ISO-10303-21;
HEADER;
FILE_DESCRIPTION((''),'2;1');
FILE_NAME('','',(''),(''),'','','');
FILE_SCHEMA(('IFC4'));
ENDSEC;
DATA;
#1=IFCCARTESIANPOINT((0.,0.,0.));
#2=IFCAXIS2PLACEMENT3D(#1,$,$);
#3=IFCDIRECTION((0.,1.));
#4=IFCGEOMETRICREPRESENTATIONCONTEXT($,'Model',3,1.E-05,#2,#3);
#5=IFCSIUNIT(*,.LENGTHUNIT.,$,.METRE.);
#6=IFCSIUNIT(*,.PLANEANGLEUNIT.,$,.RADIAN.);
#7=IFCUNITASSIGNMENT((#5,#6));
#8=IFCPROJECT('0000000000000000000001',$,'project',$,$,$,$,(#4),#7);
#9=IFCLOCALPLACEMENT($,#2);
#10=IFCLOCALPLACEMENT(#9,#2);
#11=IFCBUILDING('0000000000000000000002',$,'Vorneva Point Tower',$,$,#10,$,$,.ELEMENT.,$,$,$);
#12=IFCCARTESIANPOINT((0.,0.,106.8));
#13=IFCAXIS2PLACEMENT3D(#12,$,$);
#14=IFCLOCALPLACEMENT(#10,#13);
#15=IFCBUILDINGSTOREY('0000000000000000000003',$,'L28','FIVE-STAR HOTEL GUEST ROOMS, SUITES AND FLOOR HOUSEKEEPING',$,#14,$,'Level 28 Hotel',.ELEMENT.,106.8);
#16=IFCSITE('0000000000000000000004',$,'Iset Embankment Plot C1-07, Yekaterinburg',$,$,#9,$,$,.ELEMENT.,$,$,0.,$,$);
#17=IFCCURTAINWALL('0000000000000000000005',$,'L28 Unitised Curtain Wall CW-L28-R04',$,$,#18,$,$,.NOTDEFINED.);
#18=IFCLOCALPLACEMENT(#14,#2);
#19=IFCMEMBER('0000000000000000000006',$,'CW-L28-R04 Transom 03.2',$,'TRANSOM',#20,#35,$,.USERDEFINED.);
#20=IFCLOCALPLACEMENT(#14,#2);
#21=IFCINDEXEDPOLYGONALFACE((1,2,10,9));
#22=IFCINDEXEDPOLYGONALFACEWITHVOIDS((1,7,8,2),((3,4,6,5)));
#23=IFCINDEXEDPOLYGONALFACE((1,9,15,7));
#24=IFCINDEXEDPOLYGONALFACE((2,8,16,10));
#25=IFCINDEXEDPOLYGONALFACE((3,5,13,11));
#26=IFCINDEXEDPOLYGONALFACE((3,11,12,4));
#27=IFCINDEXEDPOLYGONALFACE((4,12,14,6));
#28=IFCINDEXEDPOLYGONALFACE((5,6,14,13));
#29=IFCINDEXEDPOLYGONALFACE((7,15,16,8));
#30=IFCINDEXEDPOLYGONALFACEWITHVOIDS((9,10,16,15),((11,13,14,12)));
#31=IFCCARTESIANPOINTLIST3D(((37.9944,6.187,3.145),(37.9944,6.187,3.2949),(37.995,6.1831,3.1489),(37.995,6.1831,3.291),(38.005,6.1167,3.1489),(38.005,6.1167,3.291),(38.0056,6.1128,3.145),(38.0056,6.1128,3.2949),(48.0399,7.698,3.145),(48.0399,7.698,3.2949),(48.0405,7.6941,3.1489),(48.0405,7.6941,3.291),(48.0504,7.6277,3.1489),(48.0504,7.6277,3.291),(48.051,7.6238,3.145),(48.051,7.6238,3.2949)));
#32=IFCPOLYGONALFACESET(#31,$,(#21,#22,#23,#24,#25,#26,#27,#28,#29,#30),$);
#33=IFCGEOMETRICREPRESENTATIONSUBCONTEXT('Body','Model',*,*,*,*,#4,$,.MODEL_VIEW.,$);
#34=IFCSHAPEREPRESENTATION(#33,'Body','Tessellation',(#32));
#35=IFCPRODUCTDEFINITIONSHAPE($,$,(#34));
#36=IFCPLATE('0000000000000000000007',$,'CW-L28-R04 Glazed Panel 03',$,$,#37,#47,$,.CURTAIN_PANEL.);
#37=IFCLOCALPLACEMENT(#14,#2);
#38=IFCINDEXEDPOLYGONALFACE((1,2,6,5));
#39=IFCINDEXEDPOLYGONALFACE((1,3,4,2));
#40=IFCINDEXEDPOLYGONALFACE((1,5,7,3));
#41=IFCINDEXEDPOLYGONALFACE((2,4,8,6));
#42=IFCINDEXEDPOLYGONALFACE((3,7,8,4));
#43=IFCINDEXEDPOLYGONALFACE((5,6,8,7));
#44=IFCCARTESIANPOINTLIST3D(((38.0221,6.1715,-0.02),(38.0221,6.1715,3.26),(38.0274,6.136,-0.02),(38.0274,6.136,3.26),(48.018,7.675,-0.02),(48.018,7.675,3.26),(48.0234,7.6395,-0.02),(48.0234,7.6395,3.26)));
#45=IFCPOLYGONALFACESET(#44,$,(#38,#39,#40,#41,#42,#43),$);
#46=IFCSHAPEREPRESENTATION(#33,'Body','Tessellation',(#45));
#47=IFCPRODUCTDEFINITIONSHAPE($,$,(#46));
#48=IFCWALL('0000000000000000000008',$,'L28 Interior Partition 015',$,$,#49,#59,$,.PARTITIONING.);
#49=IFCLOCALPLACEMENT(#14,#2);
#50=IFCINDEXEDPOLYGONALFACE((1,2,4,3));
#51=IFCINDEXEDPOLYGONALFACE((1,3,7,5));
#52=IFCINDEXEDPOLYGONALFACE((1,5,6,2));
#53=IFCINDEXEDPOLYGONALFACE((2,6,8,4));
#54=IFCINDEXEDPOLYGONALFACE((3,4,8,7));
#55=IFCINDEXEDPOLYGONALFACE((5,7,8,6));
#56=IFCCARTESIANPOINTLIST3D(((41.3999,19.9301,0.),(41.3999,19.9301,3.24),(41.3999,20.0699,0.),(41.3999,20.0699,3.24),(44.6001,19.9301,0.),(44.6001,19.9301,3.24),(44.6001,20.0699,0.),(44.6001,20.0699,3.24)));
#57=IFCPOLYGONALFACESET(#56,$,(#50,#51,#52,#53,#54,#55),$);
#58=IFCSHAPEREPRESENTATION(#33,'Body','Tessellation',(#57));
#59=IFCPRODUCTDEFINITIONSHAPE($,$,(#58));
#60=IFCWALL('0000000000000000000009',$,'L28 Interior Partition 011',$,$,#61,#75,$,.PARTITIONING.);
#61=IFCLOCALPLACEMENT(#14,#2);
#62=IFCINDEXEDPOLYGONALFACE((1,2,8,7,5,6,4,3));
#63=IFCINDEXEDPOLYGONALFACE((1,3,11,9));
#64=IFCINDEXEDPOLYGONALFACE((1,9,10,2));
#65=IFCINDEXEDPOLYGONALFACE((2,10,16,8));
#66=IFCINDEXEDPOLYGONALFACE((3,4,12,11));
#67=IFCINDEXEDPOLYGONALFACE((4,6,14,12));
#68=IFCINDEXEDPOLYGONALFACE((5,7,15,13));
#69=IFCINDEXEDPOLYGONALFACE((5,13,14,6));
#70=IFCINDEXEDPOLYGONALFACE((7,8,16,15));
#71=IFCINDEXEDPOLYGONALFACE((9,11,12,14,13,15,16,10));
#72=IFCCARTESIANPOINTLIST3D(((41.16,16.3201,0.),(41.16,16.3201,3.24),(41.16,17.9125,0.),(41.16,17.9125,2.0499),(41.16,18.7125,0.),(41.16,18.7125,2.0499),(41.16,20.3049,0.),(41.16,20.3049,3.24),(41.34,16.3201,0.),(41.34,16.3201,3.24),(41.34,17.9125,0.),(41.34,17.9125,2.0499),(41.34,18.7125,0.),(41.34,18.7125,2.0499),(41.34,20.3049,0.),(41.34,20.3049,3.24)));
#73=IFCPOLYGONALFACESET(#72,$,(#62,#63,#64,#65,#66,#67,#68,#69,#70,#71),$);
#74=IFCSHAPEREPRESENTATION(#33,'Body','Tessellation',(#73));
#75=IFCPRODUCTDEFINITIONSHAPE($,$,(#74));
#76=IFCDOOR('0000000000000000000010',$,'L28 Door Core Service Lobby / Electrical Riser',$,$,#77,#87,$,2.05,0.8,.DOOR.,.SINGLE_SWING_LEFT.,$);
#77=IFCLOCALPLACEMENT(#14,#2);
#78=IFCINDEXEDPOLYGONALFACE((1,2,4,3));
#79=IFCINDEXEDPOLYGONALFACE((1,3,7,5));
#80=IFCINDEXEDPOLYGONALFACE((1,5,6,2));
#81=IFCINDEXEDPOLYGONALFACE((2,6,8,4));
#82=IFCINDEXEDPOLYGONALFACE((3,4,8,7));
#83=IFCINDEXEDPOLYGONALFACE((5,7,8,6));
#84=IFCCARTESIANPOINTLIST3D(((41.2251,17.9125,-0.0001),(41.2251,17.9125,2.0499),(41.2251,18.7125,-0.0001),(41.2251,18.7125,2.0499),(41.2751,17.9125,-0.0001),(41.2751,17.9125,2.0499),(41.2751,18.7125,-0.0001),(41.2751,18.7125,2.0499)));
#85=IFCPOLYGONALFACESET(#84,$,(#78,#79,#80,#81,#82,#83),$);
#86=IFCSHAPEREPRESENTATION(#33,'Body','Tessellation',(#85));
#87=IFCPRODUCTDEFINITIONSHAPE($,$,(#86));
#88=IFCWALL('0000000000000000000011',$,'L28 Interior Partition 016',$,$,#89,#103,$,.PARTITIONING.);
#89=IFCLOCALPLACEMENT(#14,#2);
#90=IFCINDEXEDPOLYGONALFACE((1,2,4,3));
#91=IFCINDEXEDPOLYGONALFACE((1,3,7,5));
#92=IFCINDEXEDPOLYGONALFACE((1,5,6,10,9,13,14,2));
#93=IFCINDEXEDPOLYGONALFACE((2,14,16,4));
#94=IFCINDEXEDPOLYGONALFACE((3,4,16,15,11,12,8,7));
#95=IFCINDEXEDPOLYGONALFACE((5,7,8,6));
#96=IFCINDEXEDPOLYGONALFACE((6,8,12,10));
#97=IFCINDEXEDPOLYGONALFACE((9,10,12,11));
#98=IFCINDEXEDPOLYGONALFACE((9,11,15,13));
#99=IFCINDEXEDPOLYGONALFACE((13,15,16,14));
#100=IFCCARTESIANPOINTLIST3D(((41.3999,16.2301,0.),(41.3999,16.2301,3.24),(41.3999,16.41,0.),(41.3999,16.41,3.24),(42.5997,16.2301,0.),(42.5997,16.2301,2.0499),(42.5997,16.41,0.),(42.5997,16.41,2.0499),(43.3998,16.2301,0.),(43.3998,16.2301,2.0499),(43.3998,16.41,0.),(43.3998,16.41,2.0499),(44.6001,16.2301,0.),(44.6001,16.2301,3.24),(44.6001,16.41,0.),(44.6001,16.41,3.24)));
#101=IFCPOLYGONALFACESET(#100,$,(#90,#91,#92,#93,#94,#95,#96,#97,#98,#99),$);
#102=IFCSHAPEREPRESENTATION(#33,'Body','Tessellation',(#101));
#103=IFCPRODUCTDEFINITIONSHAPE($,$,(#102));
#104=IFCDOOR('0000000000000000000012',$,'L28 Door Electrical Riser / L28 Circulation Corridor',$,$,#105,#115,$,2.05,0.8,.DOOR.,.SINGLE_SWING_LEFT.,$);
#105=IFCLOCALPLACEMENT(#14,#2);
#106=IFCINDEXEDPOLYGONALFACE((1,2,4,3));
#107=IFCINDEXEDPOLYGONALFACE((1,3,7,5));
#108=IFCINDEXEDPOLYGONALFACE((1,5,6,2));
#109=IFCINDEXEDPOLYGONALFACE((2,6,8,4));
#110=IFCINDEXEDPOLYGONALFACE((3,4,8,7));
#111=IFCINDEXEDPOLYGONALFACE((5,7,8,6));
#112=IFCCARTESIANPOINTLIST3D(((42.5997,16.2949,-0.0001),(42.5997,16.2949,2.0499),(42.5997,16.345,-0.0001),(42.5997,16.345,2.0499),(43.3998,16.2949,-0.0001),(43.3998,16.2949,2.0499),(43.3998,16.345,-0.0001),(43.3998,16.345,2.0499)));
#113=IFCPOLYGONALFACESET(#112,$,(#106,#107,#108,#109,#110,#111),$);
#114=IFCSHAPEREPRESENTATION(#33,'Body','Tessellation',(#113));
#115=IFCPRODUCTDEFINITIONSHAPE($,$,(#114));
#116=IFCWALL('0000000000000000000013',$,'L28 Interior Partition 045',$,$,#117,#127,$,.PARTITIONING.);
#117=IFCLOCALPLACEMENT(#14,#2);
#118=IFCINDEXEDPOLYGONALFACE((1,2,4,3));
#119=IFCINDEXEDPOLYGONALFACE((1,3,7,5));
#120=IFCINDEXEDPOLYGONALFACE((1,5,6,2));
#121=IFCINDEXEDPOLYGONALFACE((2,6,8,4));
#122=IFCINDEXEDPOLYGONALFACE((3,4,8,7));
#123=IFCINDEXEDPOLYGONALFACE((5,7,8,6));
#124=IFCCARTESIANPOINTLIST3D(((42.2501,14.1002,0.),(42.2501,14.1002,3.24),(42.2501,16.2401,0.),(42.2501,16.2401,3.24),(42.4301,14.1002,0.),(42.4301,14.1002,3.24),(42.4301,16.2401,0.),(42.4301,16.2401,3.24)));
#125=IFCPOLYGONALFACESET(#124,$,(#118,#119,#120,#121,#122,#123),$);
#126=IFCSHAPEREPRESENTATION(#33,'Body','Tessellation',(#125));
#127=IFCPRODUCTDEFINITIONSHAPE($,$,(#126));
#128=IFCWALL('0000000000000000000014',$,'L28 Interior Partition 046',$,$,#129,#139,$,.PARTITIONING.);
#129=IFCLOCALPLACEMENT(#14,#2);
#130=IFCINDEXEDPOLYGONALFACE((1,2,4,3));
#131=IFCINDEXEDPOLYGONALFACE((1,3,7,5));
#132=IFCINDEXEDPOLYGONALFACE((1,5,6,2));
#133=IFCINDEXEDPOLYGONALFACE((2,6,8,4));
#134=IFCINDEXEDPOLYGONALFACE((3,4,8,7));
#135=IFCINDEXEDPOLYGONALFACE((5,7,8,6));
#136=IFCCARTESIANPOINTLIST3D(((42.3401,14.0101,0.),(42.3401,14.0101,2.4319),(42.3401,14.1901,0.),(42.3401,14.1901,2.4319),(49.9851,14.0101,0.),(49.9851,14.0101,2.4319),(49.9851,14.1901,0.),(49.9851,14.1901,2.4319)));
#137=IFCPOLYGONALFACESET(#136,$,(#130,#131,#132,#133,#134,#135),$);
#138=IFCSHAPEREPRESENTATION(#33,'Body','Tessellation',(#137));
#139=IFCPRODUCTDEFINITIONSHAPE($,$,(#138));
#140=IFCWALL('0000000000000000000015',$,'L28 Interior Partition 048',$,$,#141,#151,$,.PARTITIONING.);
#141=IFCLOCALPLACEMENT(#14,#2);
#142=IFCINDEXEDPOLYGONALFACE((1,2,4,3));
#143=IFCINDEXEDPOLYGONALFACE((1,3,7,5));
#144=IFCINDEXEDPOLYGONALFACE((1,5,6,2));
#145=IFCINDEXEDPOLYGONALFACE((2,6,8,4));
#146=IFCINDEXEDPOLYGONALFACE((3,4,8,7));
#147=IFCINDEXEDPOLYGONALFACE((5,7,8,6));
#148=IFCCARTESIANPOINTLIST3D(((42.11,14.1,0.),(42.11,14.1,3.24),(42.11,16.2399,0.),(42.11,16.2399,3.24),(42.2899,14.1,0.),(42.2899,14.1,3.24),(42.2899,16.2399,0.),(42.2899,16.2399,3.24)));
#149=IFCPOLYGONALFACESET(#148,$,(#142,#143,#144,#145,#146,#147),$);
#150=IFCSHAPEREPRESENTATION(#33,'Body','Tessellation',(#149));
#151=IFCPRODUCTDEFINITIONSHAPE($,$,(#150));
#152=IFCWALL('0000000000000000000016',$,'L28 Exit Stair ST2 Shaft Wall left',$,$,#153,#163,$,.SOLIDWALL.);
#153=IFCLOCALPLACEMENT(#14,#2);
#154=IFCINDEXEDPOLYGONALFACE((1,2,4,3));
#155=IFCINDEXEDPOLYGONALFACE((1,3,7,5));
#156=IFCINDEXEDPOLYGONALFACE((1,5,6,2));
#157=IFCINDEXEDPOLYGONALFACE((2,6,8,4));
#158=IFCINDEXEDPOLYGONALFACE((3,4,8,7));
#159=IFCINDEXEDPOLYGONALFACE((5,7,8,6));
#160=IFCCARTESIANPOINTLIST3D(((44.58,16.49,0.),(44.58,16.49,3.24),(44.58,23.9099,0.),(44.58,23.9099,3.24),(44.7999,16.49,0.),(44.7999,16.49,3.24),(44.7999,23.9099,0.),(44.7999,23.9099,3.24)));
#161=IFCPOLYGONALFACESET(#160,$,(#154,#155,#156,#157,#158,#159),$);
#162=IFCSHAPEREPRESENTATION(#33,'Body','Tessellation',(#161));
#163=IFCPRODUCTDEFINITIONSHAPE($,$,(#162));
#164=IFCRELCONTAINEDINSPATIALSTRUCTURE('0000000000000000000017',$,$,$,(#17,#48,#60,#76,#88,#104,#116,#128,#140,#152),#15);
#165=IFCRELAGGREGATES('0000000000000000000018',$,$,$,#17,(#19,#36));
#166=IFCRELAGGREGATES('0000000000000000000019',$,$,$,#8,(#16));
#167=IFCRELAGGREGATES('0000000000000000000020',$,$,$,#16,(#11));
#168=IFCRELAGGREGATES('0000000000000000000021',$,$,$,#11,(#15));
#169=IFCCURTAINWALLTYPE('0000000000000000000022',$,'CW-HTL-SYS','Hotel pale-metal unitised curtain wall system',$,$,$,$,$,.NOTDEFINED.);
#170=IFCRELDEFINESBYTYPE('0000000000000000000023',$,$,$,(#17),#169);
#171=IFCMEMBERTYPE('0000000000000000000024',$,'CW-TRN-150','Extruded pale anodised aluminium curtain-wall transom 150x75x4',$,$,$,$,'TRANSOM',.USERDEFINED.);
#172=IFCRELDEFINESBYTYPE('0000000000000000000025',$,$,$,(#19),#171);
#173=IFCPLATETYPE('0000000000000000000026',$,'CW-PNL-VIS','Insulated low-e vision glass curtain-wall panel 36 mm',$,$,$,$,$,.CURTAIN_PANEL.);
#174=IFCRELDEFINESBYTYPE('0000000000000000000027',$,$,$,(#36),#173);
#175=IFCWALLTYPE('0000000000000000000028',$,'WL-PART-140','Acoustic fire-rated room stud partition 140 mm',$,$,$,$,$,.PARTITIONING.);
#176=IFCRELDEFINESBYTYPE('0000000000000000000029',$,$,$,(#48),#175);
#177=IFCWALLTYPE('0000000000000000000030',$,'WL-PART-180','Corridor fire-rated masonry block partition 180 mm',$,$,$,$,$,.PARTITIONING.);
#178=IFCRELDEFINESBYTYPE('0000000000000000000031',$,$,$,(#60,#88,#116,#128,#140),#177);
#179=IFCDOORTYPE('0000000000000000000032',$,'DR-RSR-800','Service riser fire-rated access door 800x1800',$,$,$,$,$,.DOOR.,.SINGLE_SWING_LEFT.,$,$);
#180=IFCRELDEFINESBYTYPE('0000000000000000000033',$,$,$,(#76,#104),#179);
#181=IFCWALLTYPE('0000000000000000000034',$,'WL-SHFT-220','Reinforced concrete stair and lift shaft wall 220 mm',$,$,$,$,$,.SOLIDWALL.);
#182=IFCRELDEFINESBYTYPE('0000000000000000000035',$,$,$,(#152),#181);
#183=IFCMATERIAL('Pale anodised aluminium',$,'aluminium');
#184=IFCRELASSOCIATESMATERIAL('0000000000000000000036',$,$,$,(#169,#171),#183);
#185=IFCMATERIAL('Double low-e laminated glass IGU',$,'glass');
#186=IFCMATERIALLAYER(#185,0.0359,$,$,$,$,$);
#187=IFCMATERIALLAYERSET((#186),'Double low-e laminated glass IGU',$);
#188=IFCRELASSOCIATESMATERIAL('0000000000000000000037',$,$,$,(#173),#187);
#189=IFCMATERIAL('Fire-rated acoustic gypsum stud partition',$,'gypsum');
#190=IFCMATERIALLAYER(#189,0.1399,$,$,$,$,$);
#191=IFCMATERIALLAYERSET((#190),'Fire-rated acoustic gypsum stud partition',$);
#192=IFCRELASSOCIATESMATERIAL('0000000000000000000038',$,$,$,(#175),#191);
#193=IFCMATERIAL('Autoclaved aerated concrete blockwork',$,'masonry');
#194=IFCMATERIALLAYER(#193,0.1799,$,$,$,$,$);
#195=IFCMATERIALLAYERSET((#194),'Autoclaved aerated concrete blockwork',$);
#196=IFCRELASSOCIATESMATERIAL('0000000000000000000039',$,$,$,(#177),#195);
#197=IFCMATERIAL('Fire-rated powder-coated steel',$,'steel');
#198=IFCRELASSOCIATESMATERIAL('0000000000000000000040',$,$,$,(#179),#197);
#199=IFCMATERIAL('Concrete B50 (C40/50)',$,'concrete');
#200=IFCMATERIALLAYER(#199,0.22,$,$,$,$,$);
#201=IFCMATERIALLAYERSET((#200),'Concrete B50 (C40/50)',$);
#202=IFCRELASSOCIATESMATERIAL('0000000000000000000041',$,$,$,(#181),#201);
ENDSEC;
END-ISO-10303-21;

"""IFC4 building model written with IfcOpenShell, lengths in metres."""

from ifc_helpers import new_model, si_unit, direction, frame, frame_2d, origin, origin_2d, place, context, subcontext, project, spatial, rectangle, hollow_rectangle, extrude, material, layer, layer_set, material_profile, profile_set, type_object, element, fill, aggregate, save


model = new_model("IFC4")

# Units and contexts
model_context = context("Model", 3, precision=1e-05, world=origin(), true_north=direction((0.0, 1.0)))
body_context = subcontext(model_context, "Body", "Model", "MODEL_VIEW")
ifc_project = project(units=[si_unit("LENGTHUNIT", "METRE"), si_unit("PLANEANGLEUNIT", "RADIAN")], contexts=[model_context])

# Site, building, storey
site_placement = place(None, origin())
site = spatial("IfcSite", under=ifc_project, at=site_placement, Name="Iset Embankment Plot C1-07, Yekaterinburg", CompositionType="ELEMENT", RefElevation=0.0)
building_placement = place(site_placement, origin())
building = spatial("IfcBuilding", under=site, at=building_placement, Name="Vorneva Point Tower", CompositionType="ELEMENT")
storey_placement = place(building_placement, frame((0.0, 0.0, 106.8)))
storey = spatial("IfcBuildingStorey", under=building, at=storey_placement, Name="L28", Description="FIVE-STAR HOTEL GUEST ROOMS, SUITES AND FLOOR HOUSEKEEPING", LongName="Level 28 Hotel", CompositionType="ELEMENT", Elevation=106.8)

# Curtain wall, member, plate
ifc_material_1 = material(Name="Pale anodised aluminium", Category="aluminium")
curtain_wall_type = type_object("IfcCurtainWallType", Name="CW-HTL-SYS", Description="Hotel pale-metal unitised curtain wall system", PredefinedType="NOTDEFINED", material=ifc_material_1)
curtain_wall_placement = place(storey_placement, origin())
curtain_wall = element("IfcCurtainWall", 1, at=curtain_wall_placement, inside=storey, type_object=curtain_wall_type, Name="L28 Unitised Curtain Wall CW-L28-R04", PredefinedType="NOTDEFINED")
ifc_material_profile_1 = material_profile(ifc_material_1, hollow_rectangle(XDim=0.075, YDim=0.1499, WallThickness=0.0039, at=origin_2d()), Name="AL-TRN 150x75x4")
ifc_profile_set_1 = profile_set([ifc_material_profile_1], Name="Pale anodised aluminium")
member_type_1 = type_object("IfcMemberType", Name="CW-TRN-150", Description="Extruded pale anodised aluminium curtain-wall transom 150x75x4", ElementType="TRANSOM", PredefinedType="USERDEFINED", material=ifc_profile_set_1)
member_1_placement = place(storey_placement, frame((38.0, 6.1499, 3.22), z_axis=(0.988876, 0.148742, 0.0), x_axis=(-0.148742, 0.988876, 0.0)))
member_1 = element("IfcMember", 2, at=member_1_placement, type_object=member_type_1, Name="CW-L28-R04 Transom 03.2", ObjectType="TRANSOM", PredefinedType="USERDEFINED", context=body_context, shape_type="SweptSolid", body=[
    extrude(hollow_rectangle(XDim=0.075, YDim=0.1499, WallThickness=0.0039, at=origin_2d()), origin(), (0.0, 0.0, 1.0), 10.1584),
])
ifc_material_2 = material(Name="Double low-e laminated glass IGU", Category="glass")
ifc_layer_1 = layer(ifc_material_2, 0.0359)
ifc_layer_set_1 = layer_set([ifc_layer_1], Name="Double low-e laminated glass IGU")
plate_type = type_object("IfcPlateType", Name="CW-PNL-VIS", Description="Insulated low-e vision glass curtain-wall panel 36 mm", PredefinedType="CURTAIN_PANEL", material=ifc_layer_set_1)
plate_placement = place(storey_placement, frame((43.0227, 6.9055, -0.02), z_axis=(0.0, 0.0, 1.0), x_axis=(0.988876, 0.148741, 0.0)))
plate = element("IfcPlate", 3, at=plate_placement, type_object=plate_type, Name="CW-L28-R04 Glazed Panel 03", PredefinedType="CURTAIN_PANEL", context=body_context, shape_type="SweptSolid", body=[
    extrude(rectangle(XDim=10.1084, YDim=0.0359, at=origin_2d()), origin(), (0.0, 0.0, 1.0), 3.28),
])
aggregate(curtain_wall, [member_1, plate])

# Wall
ifc_material_3 = material(Name="Fire-rated acoustic gypsum stud partition", Category="gypsum")
ifc_layer_2 = layer(ifc_material_3, 0.1399)
ifc_layer_set_2 = layer_set([ifc_layer_2], Name="Fire-rated acoustic gypsum stud partition")
wall_type_1 = type_object("IfcWallType", Name="WL-PART-140", Description="Acoustic fire-rated room stud partition 140 mm", PredefinedType="PARTITIONING", material=ifc_layer_set_2)
wall_1_placement = place(storey_placement, frame((44.6001, 20.0, 0.0), z_axis=(0.0, 0.0, 1.0), x_axis=(-1.0, 0.0, 0.0)))
element("IfcWall", 4, at=wall_1_placement, inside=storey, type_object=wall_type_1, Name="L28 Interior Partition 015", PredefinedType="PARTITIONING", context=body_context, shape_type="SweptSolid", body=[
    extrude(rectangle(XDim=3.2002, YDim=0.1399, at=frame_2d((1.6001, 0.0))), origin(), (0.0, 0.0, 1.0), 3.24),
])

# Walls, openings, doors
ifc_material_4 = material(Name="Autoclaved aerated concrete blockwork", Category="masonry")
ifc_layer_3 = layer(ifc_material_4, 0.1799)
ifc_layer_set_3 = layer_set([ifc_layer_3], Name="Autoclaved aerated concrete blockwork")
wall_type_2 = type_object("IfcWallType", Name="WL-PART-180", Description="Corridor fire-rated masonry block partition 180 mm", PredefinedType="PARTITIONING", material=ifc_layer_set_3)
wall_2_placement = place(storey_placement, frame((41.25, 16.3201, 0.0), z_axis=(0.0, 0.0, 1.0), x_axis=(0.0, 1.0, 0.0)))
wall_2 = element("IfcWall", 5, at=wall_2_placement, inside=storey, type_object=wall_type_2, Name="L28 Interior Partition 011", PredefinedType="PARTITIONING", context=body_context, shape_type="SweptSolid", body=[
    extrude(rectangle(XDim=3.9849, YDim=0.1799, at=frame_2d((1.9924, 0.0))), origin(), (0.0, 0.0, 1.0), 3.24),
])
opening_1_placement = place(wall_2_placement, frame((1.5925, 0.0, 0.0)))
opening_1 = element("IfcOpeningElement", 6, at=opening_1_placement, cuts=wall_2, PredefinedType="OPENING", context=body_context, shape_type="SweptSolid", body=[
    extrude(rectangle(XDim=0.8, YDim=2.05, at=frame_2d((0.3999, 1.0249))), frame((0.0, 0.105, 0.0), z_axis=(0.0, -1.0, 0.0), x_axis=(1.0, 0.0, 0.0)), (0.0, 0.0, 1.0), 0.2097),
])
ifc_material_5 = material(Name="Fire-rated powder-coated steel", Category="steel")
door_type_1 = type_object("IfcDoorType", Name="DR-RSR-800", Description="Service riser fire-rated access door 800x1800", OperationType="SINGLE_SWING_LEFT", PredefinedType="DOOR", material=ifc_material_5)
door_1_placement = place(opening_1_placement, origin())
door_1 = element("IfcDoor", 7, at=door_1_placement, inside=storey, type_object=door_type_1, Name="L28 Door Core Service Lobby / Electrical Riser", OperationType="SINGLE_SWING_LEFT", OverallHeight=2.05, OverallWidth=0.8, PredefinedType="DOOR", context=body_context, shape_type="SweptSolid", body=[
    extrude(rectangle(XDim=0.8, YDim=2.05, at=frame_2d((0.3999, 1.0249))), frame((0.0, 0.0249, 0.0), z_axis=(0.0, -1.0, 0.0), x_axis=(1.0, 0.0, 0.0)), (0.0, 0.0, 1.0), 0.05),
])
fill(opening_1, door_1)
wall_3_placement = place(storey_placement, frame((41.3999, 16.3201, 0.0), z_axis=(0.0, 0.0, 1.0), x_axis=(1.0, 0.0, 0.0)))
wall_3 = element("IfcWall", 8, at=wall_3_placement, inside=storey, type_object=wall_type_2, Name="L28 Interior Partition 016", PredefinedType="PARTITIONING", context=body_context, shape_type="SweptSolid", body=[
    extrude(rectangle(XDim=3.2002, YDim=0.1799, at=frame_2d((1.6001, 0.0))), origin(), (0.0, 0.0, 1.0), 3.24),
])
opening_2_placement = place(wall_3_placement, frame((1.2, 0.0, 0.0)))
opening_2 = element("IfcOpeningElement", 9, at=opening_2_placement, cuts=wall_3, PredefinedType="OPENING", context=body_context, shape_type="SweptSolid", body=[
    extrude(rectangle(XDim=0.8, YDim=2.05, at=frame_2d((0.3999, 1.0249))), frame((0.0, 0.105, 0.0), z_axis=(0.0, -1.0, 0.0), x_axis=(1.0, 0.0, 0.0)), (0.0, 0.0, 1.0), 0.2097),
])
door_2_placement = place(opening_2_placement, origin())
door_2 = element("IfcDoor", 10, at=door_2_placement, inside=storey, type_object=door_type_1, Name="L28 Door Electrical Riser / L28 Circulation Corridor", OperationType="SINGLE_SWING_LEFT", OverallHeight=2.05, OverallWidth=0.8, PredefinedType="DOOR", context=body_context, shape_type="SweptSolid", body=[
    extrude(rectangle(XDim=0.8, YDim=2.05, at=frame_2d((0.3999, 1.0249))), frame((0.0, 0.0249, 0.0), z_axis=(0.0, -1.0, 0.0), x_axis=(1.0, 0.0, 0.0)), (0.0, 0.0, 1.0), 0.05),
])
fill(opening_2, door_2)

# Walls
wall_4_placement = place(storey_placement, frame((42.3401, 16.24, 0.0), z_axis=(0.0, 0.0, 1.0), x_axis=(0.0, -1.0, 0.0)))
element("IfcWall", 11, at=wall_4_placement, inside=storey, type_object=wall_type_2, Name="L28 Interior Partition 045", PredefinedType="PARTITIONING", context=body_context, shape_type="SweptSolid", body=[
    extrude(rectangle(XDim=2.1399, YDim=0.1799, at=frame_2d((1.0698, 0.0))), origin(), (0.0, 0.0, 1.0), 3.24),
])
wall_5_placement = place(storey_placement, frame((42.3401, 14.1001, 0.0), z_axis=(0.0, 0.0, 1.0), x_axis=(1.0, 0.0, 0.0)))
element("IfcWall", 12, at=wall_5_placement, inside=storey, type_object=wall_type_2, Name="L28 Interior Partition 046", PredefinedType="PARTITIONING", context=body_context, shape_type="SweptSolid", body=[
    extrude(rectangle(XDim=7.645, YDim=0.1799, at=frame_2d((3.8225, 0.0))), origin(), (0.0, 0.0, 1.0), 2.4319),
])
wall_6_placement = place(storey_placement, frame((42.2, 14.1001, 0.0), z_axis=(0.0, 0.0, 1.0), x_axis=(0.0, 1.0, 0.0)))
element("IfcWall", 13, at=wall_6_placement, inside=storey, type_object=wall_type_2, Name="L28 Interior Partition 048", PredefinedType="PARTITIONING", context=body_context, shape_type="SweptSolid", body=[
    extrude(rectangle(XDim=2.1399, YDim=0.1799, at=frame_2d((1.0698, 0.0))), origin(), (0.0, 0.0, 1.0), 3.24),
])
ifc_material_6 = material(Name="Concrete B50 (C40/50)", Category="concrete")
ifc_layer_4 = layer(ifc_material_6, 0.22)
ifc_layer_set_4 = layer_set([ifc_layer_4], Name="Concrete B50 (C40/50)")
wall_type_3 = type_object("IfcWallType", Name="WL-SHFT-220", Description="Reinforced concrete stair and lift shaft wall 220 mm", PredefinedType="SOLIDWALL", material=ifc_layer_set_4)
wall_7_placement = place(storey_placement, frame((44.6899, 16.49, 0.0), z_axis=(0.0, 0.0, 1.0), x_axis=(0.0, 1.0, 0.0)))
element("IfcWall", 14, at=wall_7_placement, inside=storey, type_object=wall_type_3, Name="L28 Exit Stair ST2 Shaft Wall left", PredefinedType="SOLIDWALL", context=body_context, shape_type="SweptSolid", body=[
    extrude(rectangle(XDim=7.4199, YDim=0.22, at=frame_2d((3.71, 0.0))), origin(), (0.0, 0.0, 1.0), 3.24),
])

save(model, "model.ifc")
